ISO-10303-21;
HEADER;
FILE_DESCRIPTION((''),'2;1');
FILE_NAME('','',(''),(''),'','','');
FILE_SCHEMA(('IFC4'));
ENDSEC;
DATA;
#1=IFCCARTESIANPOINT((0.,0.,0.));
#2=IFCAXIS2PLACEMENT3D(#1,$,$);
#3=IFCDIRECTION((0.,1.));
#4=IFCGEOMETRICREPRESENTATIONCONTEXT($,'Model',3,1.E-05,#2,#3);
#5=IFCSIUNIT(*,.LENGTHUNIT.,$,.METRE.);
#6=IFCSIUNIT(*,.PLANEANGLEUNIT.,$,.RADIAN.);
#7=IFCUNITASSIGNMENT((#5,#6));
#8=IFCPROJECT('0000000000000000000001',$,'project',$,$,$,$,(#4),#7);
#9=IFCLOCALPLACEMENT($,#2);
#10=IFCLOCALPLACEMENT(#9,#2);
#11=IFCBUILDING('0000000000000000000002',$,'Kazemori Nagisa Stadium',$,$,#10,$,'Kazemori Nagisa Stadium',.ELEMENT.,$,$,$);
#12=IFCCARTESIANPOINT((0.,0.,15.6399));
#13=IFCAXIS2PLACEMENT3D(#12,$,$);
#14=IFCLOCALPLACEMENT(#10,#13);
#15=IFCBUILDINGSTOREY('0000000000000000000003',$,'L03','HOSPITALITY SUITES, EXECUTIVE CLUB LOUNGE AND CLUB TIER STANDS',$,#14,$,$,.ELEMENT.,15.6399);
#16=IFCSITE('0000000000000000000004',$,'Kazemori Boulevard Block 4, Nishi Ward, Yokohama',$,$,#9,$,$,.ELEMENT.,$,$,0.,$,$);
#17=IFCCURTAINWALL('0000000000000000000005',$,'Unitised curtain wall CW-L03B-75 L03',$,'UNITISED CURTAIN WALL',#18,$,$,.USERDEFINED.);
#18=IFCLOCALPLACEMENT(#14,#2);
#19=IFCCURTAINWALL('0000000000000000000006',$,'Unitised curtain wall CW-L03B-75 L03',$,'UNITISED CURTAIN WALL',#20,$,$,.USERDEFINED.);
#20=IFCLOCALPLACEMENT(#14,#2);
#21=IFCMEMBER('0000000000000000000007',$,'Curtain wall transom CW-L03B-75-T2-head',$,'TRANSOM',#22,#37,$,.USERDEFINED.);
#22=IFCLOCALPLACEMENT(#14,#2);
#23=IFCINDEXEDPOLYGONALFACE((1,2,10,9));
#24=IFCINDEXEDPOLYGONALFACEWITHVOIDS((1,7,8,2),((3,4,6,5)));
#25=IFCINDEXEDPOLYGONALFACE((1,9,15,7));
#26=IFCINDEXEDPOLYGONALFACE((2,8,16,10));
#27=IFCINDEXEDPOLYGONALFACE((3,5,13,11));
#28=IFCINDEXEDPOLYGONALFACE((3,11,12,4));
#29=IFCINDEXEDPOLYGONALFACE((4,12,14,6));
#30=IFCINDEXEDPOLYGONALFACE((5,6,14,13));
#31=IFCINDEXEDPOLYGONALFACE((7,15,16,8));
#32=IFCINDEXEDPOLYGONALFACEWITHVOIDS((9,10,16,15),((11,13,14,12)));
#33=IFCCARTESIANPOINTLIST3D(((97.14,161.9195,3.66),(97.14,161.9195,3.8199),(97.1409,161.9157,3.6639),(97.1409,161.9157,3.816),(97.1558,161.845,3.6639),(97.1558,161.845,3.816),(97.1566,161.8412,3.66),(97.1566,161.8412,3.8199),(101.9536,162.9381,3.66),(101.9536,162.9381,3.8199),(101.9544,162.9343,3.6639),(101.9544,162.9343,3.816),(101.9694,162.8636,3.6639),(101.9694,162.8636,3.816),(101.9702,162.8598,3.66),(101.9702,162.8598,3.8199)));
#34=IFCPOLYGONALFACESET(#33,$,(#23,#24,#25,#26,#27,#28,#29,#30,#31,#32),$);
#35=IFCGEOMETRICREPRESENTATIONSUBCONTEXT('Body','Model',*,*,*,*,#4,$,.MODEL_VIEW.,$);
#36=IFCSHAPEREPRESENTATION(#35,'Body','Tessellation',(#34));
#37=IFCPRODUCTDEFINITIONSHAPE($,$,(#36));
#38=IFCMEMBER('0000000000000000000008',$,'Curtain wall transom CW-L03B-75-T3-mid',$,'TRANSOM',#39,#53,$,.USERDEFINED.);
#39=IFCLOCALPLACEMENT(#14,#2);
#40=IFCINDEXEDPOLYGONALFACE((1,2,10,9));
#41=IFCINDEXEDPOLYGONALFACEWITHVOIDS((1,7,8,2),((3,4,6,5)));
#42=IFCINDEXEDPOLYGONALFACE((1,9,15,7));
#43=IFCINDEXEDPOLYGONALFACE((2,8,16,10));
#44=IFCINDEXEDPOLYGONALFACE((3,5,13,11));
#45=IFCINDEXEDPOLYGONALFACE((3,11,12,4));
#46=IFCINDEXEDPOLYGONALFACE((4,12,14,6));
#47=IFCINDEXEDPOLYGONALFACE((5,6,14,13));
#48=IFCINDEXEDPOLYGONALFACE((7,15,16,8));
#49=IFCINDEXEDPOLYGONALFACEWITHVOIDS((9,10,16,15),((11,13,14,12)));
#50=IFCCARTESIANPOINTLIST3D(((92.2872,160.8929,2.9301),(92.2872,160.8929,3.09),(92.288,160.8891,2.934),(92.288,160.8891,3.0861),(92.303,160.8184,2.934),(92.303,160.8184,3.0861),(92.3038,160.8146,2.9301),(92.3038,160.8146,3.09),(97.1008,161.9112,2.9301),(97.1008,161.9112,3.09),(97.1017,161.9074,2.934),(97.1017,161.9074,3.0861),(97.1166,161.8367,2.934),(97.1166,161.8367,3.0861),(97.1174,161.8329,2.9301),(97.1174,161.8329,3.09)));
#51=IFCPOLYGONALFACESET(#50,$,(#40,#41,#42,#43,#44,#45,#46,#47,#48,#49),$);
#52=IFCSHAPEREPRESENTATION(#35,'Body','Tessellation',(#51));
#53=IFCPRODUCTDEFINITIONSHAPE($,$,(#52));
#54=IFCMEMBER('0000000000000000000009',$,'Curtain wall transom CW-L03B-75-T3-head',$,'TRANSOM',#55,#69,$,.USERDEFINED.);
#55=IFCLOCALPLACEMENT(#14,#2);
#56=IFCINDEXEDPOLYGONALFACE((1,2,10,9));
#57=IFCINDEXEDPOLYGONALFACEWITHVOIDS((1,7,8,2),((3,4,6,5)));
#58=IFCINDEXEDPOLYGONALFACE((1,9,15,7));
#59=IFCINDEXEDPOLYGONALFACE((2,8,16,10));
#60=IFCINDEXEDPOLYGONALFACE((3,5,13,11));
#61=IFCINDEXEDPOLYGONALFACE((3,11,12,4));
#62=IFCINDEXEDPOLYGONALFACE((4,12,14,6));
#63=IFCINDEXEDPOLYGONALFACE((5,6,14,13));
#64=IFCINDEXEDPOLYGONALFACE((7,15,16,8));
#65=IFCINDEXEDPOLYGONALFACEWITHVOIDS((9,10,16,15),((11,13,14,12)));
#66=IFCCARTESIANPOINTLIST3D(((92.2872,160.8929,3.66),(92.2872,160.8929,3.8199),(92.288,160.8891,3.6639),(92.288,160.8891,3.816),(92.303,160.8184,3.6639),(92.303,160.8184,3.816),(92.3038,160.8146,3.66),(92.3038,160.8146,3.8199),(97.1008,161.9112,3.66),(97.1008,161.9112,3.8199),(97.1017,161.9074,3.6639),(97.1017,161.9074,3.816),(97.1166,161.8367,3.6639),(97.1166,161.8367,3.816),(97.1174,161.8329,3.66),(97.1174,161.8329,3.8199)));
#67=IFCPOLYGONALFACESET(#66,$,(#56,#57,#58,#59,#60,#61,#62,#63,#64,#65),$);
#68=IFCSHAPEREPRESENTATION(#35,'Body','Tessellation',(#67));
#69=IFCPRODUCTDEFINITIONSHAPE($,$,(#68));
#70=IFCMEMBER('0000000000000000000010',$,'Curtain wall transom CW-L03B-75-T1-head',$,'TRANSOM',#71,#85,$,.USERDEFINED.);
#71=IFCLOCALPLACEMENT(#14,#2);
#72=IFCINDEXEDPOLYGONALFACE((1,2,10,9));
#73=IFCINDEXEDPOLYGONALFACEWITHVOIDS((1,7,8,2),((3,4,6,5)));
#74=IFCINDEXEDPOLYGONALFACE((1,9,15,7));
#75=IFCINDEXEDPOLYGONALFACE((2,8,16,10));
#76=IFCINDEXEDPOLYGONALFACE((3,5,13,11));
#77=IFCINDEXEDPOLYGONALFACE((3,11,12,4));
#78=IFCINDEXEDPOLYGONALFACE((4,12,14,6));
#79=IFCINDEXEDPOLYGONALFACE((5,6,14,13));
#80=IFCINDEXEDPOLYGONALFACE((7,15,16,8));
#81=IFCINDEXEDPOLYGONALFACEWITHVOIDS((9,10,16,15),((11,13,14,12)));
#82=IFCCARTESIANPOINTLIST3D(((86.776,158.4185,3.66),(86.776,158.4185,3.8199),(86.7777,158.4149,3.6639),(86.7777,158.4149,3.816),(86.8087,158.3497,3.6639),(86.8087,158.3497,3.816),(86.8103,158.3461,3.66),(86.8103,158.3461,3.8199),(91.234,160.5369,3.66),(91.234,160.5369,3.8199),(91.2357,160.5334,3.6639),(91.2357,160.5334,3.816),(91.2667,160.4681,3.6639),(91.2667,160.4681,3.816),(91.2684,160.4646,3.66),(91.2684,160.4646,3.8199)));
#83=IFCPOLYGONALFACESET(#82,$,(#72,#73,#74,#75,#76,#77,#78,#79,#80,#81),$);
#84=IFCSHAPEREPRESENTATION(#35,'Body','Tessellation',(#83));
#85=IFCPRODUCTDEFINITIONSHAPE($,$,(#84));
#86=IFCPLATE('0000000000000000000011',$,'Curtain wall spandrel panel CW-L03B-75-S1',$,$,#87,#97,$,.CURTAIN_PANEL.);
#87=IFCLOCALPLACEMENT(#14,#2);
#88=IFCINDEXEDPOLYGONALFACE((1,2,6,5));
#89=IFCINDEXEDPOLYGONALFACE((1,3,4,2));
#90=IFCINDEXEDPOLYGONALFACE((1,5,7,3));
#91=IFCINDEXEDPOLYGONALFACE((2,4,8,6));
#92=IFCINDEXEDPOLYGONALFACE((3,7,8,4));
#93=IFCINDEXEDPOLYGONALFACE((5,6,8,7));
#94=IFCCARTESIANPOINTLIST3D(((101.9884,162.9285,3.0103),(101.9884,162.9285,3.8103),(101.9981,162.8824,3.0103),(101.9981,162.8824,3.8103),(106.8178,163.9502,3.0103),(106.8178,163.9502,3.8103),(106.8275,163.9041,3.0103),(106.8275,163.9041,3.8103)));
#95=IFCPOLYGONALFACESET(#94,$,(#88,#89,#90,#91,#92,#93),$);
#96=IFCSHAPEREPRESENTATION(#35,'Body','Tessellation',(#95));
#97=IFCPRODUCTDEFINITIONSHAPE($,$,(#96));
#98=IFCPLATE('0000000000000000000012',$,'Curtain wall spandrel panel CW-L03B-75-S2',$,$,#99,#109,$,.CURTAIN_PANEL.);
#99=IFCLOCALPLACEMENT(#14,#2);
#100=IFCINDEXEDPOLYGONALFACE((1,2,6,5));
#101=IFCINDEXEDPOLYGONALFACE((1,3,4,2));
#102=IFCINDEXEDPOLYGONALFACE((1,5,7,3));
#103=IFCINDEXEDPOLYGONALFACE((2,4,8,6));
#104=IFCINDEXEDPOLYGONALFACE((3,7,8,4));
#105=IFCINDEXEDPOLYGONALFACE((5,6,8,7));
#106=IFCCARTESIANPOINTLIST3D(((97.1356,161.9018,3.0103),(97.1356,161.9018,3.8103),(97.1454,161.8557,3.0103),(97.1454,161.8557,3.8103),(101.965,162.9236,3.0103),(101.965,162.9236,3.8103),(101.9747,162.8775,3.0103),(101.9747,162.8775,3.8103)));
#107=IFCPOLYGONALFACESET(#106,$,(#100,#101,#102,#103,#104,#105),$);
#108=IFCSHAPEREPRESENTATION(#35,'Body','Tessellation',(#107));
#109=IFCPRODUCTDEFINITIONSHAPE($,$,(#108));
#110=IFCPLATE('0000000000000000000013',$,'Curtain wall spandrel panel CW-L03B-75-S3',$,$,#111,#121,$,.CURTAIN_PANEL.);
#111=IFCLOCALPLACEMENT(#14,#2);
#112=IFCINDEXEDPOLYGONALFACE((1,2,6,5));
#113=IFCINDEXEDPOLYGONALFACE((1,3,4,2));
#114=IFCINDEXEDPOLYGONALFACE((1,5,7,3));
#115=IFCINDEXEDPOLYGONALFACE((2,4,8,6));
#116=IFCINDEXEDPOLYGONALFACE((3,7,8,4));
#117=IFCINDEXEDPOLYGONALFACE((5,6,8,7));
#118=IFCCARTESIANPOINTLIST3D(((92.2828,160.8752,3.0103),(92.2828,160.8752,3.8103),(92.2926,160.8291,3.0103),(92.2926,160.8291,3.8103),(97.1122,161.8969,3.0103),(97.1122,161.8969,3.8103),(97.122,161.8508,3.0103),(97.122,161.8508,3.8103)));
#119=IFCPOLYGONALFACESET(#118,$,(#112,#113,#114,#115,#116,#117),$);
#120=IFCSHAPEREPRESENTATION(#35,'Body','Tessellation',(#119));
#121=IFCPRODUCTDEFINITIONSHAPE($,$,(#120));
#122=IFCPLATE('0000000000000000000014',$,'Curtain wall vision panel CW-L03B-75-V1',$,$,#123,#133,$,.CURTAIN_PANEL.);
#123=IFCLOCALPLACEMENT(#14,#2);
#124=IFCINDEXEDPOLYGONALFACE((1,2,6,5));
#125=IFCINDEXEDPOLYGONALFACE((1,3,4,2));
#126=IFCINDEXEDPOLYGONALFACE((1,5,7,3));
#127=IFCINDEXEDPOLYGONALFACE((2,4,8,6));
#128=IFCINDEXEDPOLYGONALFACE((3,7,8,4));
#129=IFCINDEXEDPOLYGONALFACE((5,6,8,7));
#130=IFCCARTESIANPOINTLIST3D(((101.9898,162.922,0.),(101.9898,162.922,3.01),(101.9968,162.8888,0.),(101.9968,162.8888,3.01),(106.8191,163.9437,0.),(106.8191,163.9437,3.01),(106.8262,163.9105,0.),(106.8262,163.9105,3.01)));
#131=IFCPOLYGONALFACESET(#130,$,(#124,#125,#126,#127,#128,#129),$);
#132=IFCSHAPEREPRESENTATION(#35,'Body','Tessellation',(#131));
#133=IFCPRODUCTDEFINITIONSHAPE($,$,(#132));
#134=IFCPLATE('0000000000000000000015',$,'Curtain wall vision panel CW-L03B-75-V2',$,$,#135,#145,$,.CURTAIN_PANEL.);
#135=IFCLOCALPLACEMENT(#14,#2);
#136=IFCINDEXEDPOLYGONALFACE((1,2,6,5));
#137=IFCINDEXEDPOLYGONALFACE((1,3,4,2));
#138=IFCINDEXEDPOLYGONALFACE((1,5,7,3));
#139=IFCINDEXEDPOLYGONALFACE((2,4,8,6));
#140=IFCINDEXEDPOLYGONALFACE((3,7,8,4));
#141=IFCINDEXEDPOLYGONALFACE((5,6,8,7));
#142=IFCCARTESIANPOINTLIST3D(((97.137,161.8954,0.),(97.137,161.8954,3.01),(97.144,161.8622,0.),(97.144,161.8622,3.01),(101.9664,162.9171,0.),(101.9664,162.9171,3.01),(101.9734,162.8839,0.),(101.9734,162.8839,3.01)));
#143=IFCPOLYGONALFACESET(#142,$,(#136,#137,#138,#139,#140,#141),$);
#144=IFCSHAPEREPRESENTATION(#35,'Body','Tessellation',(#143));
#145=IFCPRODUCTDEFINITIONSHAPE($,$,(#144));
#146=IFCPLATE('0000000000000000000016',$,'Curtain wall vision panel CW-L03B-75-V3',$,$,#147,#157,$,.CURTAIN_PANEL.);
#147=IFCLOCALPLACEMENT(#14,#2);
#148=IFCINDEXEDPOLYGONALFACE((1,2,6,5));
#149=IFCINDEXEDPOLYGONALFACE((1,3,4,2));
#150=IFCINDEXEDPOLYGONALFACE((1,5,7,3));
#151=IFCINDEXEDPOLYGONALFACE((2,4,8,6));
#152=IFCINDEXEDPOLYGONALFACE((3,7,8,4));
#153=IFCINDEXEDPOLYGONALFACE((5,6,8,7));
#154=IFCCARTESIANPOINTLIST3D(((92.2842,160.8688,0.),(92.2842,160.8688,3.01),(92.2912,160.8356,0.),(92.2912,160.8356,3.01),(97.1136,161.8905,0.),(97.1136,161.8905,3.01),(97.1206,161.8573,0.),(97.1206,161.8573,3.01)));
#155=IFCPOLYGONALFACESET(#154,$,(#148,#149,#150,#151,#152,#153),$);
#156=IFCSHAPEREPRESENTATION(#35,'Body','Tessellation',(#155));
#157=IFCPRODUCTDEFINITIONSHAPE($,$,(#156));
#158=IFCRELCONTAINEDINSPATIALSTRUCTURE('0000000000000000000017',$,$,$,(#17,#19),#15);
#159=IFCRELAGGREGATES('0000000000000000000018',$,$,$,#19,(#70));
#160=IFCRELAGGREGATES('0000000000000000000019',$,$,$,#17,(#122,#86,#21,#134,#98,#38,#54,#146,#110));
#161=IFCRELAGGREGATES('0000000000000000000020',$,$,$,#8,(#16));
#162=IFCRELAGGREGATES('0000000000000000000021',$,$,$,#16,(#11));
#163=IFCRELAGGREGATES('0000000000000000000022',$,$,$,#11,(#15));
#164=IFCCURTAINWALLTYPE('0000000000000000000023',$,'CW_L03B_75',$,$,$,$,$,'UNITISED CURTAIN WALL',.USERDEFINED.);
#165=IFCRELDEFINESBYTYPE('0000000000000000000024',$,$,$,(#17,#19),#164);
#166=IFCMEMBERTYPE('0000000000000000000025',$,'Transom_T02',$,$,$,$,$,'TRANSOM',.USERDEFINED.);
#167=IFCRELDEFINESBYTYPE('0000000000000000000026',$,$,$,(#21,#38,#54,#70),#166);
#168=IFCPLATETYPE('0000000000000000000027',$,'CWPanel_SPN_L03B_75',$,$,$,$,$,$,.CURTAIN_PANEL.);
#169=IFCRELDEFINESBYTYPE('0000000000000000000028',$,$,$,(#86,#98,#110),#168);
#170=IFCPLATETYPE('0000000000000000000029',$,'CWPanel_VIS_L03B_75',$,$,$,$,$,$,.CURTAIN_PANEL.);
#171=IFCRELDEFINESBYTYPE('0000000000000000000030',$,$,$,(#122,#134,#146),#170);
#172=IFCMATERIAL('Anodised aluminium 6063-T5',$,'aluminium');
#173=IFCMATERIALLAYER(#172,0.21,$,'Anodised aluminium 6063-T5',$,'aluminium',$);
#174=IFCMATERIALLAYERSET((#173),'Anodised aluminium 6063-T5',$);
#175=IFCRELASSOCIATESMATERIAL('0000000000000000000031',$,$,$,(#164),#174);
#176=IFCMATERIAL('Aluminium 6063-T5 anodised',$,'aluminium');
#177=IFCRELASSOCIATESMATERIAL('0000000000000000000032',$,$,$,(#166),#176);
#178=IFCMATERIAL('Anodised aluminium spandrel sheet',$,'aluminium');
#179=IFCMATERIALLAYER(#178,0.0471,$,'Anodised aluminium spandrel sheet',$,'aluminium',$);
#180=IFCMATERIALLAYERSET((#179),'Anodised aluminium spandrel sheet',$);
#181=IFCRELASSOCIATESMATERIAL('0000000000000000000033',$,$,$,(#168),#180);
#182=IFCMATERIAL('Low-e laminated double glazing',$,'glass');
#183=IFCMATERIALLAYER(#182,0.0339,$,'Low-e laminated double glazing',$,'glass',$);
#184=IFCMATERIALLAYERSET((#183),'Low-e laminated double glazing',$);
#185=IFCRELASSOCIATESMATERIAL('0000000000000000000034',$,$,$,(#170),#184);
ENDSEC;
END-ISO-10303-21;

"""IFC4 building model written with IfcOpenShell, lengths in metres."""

from ifc_helpers import new_model, si_unit, direction, frame, origin, origin_2d, place, context, subcontext, project, spatial, rectangle, hollow_rectangle, extrude, material, layer, layer_set, material_profile, profile_set, type_object, element, aggregate, save


model = new_model("IFC4")

# Units and contexts
model_context = context("Model", 3, precision=1e-05, world=origin(), true_north=direction((0.0, 1.0)))
body_context = subcontext(model_context, "Body", "Model", "MODEL_VIEW")
ifc_project = project(units=[si_unit("LENGTHUNIT", "METRE"), si_unit("PLANEANGLEUNIT", "RADIAN")], contexts=[model_context])

# Site, building, storey
site_placement = place(None, origin())
site = spatial("IfcSite", under=ifc_project, at=site_placement, Name="Kazemori Boulevard Block 4, Nishi Ward, Yokohama", CompositionType="ELEMENT", RefElevation=0.0)
building_placement = place(site_placement, origin())
building = spatial("IfcBuilding", under=site, at=building_placement, Name="Kazemori Nagisa Stadium", LongName="Kazemori Nagisa Stadium", CompositionType="ELEMENT")
storey_placement = place(building_placement, frame((0.0, 0.0, 15.6399)))
storey = spatial("IfcBuildingStorey", under=building, at=storey_placement, Name="L03", Description="HOSPITALITY SUITES, EXECUTIVE CLUB LOUNGE AND CLUB TIER STANDS", CompositionType="ELEMENT", Elevation=15.6399)

# Curtain wall
ifc_material_1 = material(Name="Anodised aluminium 6063-T5", Category="aluminium")
ifc_layer_1 = layer(ifc_material_1, 0.21, Name="Anodised aluminium 6063-T5", Category="aluminium")
ifc_layer_set_1 = layer_set([ifc_layer_1], Name="Anodised aluminium 6063-T5")
curtain_wall_type = type_object("IfcCurtainWallType", Name="CW_L03B_75", ElementType="UNITISED CURTAIN WALL", PredefinedType="USERDEFINED", material=ifc_layer_set_1)
curtain_wall_1_placement = place(storey_placement, origin())
curtain_wall_1 = element("IfcCurtainWall", 1, at=curtain_wall_1_placement, inside=storey, type_object=curtain_wall_type, Name="Unitised curtain wall CW-L03B-75 L03", ObjectType="UNITISED CURTAIN WALL", PredefinedType="USERDEFINED")
ifc_material_2 = material(Name="Aluminium 6063-T5 anodised", Category="aluminium")

# Curtain wall
curtain_wall_2_placement = place(storey_placement, origin())
curtain_wall_2 = element("IfcCurtainWall", 2, at=curtain_wall_2_placement, inside=storey, type_object=curtain_wall_type, Name="Unitised curtain wall CW-L03B-75 L03", ObjectType="UNITISED CURTAIN WALL", PredefinedType="USERDEFINED")

# Members
ifc_material_profile_1 = material_profile(ifc_material_2, hollow_rectangle(XDim=0.0801, YDim=0.1599, WallThickness=0.0039, at=origin_2d()), Name="ALU-TRAN-80x160x4")
ifc_profile_set_1 = profile_set([ifc_material_profile_1], Name="Aluminium 6063-T5 anodised")
member_type_1 = type_object("IfcMemberType", Name="Transom_T02", ElementType="TRANSOM", PredefinedType="USERDEFINED", material=ifc_profile_set_1)
member_1_placement = place(storey_placement, frame((101.9619, 162.8989, 3.74), z_axis=(-0.978337, -0.207021, 0.0), x_axis=(0.207021, -0.978337, 0.0)))
member_1 = element("IfcMember", 3, at=member_1_placement, type_object=member_type_1, Name="Curtain wall transom CW-L03B-75-T2-head", ObjectType="TRANSOM", PredefinedType="USERDEFINED", context=body_context, shape_type="SweptSolid", body=[
    extrude(hollow_rectangle(XDim=0.0801, YDim=0.1599, WallThickness=0.0039, at=origin_2d()), origin(), (0.0, 0.0, 1.0), 4.9202),
])
member_2_placement = place(storey_placement, frame((97.1091, 161.8721, 3.01), z_axis=(-0.978349, -0.206963, 0.0), x_axis=(0.206963, -0.978349, 0.0)))
member_2 = element("IfcMember", 4, at=member_2_placement, type_object=member_type_1, Name="Curtain wall transom CW-L03B-75-T3-mid", ObjectType="TRANSOM", PredefinedType="USERDEFINED", context=body_context, shape_type="SweptSolid", body=[
    extrude(hollow_rectangle(XDim=0.0801, YDim=0.1599, WallThickness=0.0039, at=origin_2d()), origin(), (0.0, 0.0, 1.0), 4.9202),
])
member_3_placement = place(storey_placement, frame((97.1091, 161.8721, 3.74), z_axis=(-0.978349, -0.206963, 0.0), x_axis=(0.206963, -0.978349, 0.0)))
member_3 = element("IfcMember", 5, at=member_3_placement, type_object=member_type_1, Name="Curtain wall transom CW-L03B-75-T3-head", ObjectType="TRANSOM", PredefinedType="USERDEFINED", context=body_context, shape_type="SweptSolid", body=[
    extrude(hollow_rectangle(XDim=0.0801, YDim=0.1599, WallThickness=0.0039, at=origin_2d()), origin(), (0.0, 0.0, 1.0), 4.9202),
])
member_4_placement = place(storey_placement, frame((91.2512, 160.5007, 3.74), z_axis=(-0.90321, -0.429198, 0.0), x_axis=(0.429198, -0.90321, 0.0)))
member_4 = element("IfcMember", 6, at=member_4_placement, type_object=member_type_1, Name="Curtain wall transom CW-L03B-75-T1-head", ObjectType="TRANSOM", PredefinedType="USERDEFINED", context=body_context, shape_type="SweptSolid", body=[
    extrude(hollow_rectangle(XDim=0.0801, YDim=0.1599, WallThickness=0.0039, at=origin_2d()), origin(), (0.0, 0.0, 1.0), 4.9358),
])
aggregate(curtain_wall_2, [member_4])

# Plates
ifc_material_3 = material(Name="Anodised aluminium spandrel sheet", Category="aluminium")
ifc_layer_2 = layer(ifc_material_3, 0.0471, Name="Anodised aluminium spandrel sheet", Category="aluminium")
ifc_layer_set_2 = layer_set([ifc_layer_2], Name="Anodised aluminium spandrel sheet")
plate_type_1 = type_object("IfcPlateType", Name="CWPanel_SPN_L03B_75", PredefinedType="CURTAIN_PANEL", material=ifc_layer_set_2)
plate_1_placement = place(storey_placement, frame((104.408, 163.4163, 3.0103), z_axis=(0.0, 0.0, 1.0), x_axis=(-0.978345, -0.206981, 0.0)))
plate_1 = element("IfcPlate", 7, at=plate_1_placement, type_object=plate_type_1, Name="Curtain wall spandrel panel CW-L03B-75-S1", PredefinedType="CURTAIN_PANEL", context=body_context, shape_type="SweptSolid", body=[
    extrude(rectangle(XDim=4.9363, YDim=0.0471, at=origin_2d()), origin(), (0.0, 0.0, 1.0), 0.8),
])
plate_2_placement = place(storey_placement, frame((99.5552, 162.3896, 3.0103), z_axis=(0.0, 0.0, 1.0), x_axis=(-0.978345, -0.206981, 0.0)))
plate_2 = element("IfcPlate", 8, at=plate_2_placement, type_object=plate_type_1, Name="Curtain wall spandrel panel CW-L03B-75-S2", PredefinedType="CURTAIN_PANEL", context=body_context, shape_type="SweptSolid", body=[
    extrude(rectangle(XDim=4.9363, YDim=0.0471, at=origin_2d()), origin(), (0.0, 0.0, 1.0), 0.8),
])
plate_3_placement = place(storey_placement, frame((94.7024, 161.363, 3.0103), z_axis=(0.0, 0.0, 1.0), x_axis=(-0.978345, -0.206981, 0.0)))
plate_3 = element("IfcPlate", 9, at=plate_3_placement, type_object=plate_type_1, Name="Curtain wall spandrel panel CW-L03B-75-S3", PredefinedType="CURTAIN_PANEL", context=body_context, shape_type="SweptSolid", body=[
    extrude(rectangle(XDim=4.9363, YDim=0.0471, at=origin_2d()), origin(), (0.0, 0.0, 1.0), 0.8),
])
ifc_material_4 = material(Name="Low-e laminated double glazing", Category="glass")
ifc_layer_3 = layer(ifc_material_4, 0.0339, Name="Low-e laminated double glazing", Category="glass")
ifc_layer_set_3 = layer_set([ifc_layer_3], Name="Low-e laminated double glazing")
plate_type_2 = type_object("IfcPlateType", Name="CWPanel_VIS_L03B_75", PredefinedType="CURTAIN_PANEL", material=ifc_layer_set_3)
plate_4_placement = place(storey_placement, frame((104.408, 163.4163, 0.0), z_axis=(0.0, 0.0, 1.0), x_axis=(-0.978345, -0.206981, 0.0)))
plate_4 = element("IfcPlate", 10, at=plate_4_placement, type_object=plate_type_2, Name="Curtain wall vision panel CW-L03B-75-V1", PredefinedType="CURTAIN_PANEL", context=body_context, shape_type="SweptSolid", body=[
    extrude(rectangle(XDim=4.9363, YDim=0.0339, at=origin_2d()), origin(), (0.0, 0.0, 1.0), 3.01),
])
plate_5_placement = place(storey_placement, frame((99.5552, 162.3896, 0.0), z_axis=(0.0, 0.0, 1.0), x_axis=(-0.978345, -0.206981, 0.0)))
plate_5 = element("IfcPlate", 11, at=plate_5_placement, type_object=plate_type_2, Name="Curtain wall vision panel CW-L03B-75-V2", PredefinedType="CURTAIN_PANEL", context=body_context, shape_type="SweptSolid", body=[
    extrude(rectangle(XDim=4.9363, YDim=0.0339, at=origin_2d()), origin(), (0.0, 0.0, 1.0), 3.01),
])
plate_6_placement = place(storey_placement, frame((94.7024, 161.363, 0.0), z_axis=(0.0, 0.0, 1.0), x_axis=(-0.978345, -0.206981, 0.0)))
plate_6 = element("IfcPlate", 12, at=plate_6_placement, type_object=plate_type_2, Name="Curtain wall vision panel CW-L03B-75-V3", PredefinedType="CURTAIN_PANEL", context=body_context, shape_type="SweptSolid", body=[
    extrude(rectangle(XDim=4.9363, YDim=0.0339, at=origin_2d()), origin(), (0.0, 0.0, 1.0), 3.01),
])
aggregate(curtain_wall_1, [plate_4, plate_1, member_1, plate_5, plate_2, member_2, member_3, plate_6, plate_3])

save(model, "model.ifc")
